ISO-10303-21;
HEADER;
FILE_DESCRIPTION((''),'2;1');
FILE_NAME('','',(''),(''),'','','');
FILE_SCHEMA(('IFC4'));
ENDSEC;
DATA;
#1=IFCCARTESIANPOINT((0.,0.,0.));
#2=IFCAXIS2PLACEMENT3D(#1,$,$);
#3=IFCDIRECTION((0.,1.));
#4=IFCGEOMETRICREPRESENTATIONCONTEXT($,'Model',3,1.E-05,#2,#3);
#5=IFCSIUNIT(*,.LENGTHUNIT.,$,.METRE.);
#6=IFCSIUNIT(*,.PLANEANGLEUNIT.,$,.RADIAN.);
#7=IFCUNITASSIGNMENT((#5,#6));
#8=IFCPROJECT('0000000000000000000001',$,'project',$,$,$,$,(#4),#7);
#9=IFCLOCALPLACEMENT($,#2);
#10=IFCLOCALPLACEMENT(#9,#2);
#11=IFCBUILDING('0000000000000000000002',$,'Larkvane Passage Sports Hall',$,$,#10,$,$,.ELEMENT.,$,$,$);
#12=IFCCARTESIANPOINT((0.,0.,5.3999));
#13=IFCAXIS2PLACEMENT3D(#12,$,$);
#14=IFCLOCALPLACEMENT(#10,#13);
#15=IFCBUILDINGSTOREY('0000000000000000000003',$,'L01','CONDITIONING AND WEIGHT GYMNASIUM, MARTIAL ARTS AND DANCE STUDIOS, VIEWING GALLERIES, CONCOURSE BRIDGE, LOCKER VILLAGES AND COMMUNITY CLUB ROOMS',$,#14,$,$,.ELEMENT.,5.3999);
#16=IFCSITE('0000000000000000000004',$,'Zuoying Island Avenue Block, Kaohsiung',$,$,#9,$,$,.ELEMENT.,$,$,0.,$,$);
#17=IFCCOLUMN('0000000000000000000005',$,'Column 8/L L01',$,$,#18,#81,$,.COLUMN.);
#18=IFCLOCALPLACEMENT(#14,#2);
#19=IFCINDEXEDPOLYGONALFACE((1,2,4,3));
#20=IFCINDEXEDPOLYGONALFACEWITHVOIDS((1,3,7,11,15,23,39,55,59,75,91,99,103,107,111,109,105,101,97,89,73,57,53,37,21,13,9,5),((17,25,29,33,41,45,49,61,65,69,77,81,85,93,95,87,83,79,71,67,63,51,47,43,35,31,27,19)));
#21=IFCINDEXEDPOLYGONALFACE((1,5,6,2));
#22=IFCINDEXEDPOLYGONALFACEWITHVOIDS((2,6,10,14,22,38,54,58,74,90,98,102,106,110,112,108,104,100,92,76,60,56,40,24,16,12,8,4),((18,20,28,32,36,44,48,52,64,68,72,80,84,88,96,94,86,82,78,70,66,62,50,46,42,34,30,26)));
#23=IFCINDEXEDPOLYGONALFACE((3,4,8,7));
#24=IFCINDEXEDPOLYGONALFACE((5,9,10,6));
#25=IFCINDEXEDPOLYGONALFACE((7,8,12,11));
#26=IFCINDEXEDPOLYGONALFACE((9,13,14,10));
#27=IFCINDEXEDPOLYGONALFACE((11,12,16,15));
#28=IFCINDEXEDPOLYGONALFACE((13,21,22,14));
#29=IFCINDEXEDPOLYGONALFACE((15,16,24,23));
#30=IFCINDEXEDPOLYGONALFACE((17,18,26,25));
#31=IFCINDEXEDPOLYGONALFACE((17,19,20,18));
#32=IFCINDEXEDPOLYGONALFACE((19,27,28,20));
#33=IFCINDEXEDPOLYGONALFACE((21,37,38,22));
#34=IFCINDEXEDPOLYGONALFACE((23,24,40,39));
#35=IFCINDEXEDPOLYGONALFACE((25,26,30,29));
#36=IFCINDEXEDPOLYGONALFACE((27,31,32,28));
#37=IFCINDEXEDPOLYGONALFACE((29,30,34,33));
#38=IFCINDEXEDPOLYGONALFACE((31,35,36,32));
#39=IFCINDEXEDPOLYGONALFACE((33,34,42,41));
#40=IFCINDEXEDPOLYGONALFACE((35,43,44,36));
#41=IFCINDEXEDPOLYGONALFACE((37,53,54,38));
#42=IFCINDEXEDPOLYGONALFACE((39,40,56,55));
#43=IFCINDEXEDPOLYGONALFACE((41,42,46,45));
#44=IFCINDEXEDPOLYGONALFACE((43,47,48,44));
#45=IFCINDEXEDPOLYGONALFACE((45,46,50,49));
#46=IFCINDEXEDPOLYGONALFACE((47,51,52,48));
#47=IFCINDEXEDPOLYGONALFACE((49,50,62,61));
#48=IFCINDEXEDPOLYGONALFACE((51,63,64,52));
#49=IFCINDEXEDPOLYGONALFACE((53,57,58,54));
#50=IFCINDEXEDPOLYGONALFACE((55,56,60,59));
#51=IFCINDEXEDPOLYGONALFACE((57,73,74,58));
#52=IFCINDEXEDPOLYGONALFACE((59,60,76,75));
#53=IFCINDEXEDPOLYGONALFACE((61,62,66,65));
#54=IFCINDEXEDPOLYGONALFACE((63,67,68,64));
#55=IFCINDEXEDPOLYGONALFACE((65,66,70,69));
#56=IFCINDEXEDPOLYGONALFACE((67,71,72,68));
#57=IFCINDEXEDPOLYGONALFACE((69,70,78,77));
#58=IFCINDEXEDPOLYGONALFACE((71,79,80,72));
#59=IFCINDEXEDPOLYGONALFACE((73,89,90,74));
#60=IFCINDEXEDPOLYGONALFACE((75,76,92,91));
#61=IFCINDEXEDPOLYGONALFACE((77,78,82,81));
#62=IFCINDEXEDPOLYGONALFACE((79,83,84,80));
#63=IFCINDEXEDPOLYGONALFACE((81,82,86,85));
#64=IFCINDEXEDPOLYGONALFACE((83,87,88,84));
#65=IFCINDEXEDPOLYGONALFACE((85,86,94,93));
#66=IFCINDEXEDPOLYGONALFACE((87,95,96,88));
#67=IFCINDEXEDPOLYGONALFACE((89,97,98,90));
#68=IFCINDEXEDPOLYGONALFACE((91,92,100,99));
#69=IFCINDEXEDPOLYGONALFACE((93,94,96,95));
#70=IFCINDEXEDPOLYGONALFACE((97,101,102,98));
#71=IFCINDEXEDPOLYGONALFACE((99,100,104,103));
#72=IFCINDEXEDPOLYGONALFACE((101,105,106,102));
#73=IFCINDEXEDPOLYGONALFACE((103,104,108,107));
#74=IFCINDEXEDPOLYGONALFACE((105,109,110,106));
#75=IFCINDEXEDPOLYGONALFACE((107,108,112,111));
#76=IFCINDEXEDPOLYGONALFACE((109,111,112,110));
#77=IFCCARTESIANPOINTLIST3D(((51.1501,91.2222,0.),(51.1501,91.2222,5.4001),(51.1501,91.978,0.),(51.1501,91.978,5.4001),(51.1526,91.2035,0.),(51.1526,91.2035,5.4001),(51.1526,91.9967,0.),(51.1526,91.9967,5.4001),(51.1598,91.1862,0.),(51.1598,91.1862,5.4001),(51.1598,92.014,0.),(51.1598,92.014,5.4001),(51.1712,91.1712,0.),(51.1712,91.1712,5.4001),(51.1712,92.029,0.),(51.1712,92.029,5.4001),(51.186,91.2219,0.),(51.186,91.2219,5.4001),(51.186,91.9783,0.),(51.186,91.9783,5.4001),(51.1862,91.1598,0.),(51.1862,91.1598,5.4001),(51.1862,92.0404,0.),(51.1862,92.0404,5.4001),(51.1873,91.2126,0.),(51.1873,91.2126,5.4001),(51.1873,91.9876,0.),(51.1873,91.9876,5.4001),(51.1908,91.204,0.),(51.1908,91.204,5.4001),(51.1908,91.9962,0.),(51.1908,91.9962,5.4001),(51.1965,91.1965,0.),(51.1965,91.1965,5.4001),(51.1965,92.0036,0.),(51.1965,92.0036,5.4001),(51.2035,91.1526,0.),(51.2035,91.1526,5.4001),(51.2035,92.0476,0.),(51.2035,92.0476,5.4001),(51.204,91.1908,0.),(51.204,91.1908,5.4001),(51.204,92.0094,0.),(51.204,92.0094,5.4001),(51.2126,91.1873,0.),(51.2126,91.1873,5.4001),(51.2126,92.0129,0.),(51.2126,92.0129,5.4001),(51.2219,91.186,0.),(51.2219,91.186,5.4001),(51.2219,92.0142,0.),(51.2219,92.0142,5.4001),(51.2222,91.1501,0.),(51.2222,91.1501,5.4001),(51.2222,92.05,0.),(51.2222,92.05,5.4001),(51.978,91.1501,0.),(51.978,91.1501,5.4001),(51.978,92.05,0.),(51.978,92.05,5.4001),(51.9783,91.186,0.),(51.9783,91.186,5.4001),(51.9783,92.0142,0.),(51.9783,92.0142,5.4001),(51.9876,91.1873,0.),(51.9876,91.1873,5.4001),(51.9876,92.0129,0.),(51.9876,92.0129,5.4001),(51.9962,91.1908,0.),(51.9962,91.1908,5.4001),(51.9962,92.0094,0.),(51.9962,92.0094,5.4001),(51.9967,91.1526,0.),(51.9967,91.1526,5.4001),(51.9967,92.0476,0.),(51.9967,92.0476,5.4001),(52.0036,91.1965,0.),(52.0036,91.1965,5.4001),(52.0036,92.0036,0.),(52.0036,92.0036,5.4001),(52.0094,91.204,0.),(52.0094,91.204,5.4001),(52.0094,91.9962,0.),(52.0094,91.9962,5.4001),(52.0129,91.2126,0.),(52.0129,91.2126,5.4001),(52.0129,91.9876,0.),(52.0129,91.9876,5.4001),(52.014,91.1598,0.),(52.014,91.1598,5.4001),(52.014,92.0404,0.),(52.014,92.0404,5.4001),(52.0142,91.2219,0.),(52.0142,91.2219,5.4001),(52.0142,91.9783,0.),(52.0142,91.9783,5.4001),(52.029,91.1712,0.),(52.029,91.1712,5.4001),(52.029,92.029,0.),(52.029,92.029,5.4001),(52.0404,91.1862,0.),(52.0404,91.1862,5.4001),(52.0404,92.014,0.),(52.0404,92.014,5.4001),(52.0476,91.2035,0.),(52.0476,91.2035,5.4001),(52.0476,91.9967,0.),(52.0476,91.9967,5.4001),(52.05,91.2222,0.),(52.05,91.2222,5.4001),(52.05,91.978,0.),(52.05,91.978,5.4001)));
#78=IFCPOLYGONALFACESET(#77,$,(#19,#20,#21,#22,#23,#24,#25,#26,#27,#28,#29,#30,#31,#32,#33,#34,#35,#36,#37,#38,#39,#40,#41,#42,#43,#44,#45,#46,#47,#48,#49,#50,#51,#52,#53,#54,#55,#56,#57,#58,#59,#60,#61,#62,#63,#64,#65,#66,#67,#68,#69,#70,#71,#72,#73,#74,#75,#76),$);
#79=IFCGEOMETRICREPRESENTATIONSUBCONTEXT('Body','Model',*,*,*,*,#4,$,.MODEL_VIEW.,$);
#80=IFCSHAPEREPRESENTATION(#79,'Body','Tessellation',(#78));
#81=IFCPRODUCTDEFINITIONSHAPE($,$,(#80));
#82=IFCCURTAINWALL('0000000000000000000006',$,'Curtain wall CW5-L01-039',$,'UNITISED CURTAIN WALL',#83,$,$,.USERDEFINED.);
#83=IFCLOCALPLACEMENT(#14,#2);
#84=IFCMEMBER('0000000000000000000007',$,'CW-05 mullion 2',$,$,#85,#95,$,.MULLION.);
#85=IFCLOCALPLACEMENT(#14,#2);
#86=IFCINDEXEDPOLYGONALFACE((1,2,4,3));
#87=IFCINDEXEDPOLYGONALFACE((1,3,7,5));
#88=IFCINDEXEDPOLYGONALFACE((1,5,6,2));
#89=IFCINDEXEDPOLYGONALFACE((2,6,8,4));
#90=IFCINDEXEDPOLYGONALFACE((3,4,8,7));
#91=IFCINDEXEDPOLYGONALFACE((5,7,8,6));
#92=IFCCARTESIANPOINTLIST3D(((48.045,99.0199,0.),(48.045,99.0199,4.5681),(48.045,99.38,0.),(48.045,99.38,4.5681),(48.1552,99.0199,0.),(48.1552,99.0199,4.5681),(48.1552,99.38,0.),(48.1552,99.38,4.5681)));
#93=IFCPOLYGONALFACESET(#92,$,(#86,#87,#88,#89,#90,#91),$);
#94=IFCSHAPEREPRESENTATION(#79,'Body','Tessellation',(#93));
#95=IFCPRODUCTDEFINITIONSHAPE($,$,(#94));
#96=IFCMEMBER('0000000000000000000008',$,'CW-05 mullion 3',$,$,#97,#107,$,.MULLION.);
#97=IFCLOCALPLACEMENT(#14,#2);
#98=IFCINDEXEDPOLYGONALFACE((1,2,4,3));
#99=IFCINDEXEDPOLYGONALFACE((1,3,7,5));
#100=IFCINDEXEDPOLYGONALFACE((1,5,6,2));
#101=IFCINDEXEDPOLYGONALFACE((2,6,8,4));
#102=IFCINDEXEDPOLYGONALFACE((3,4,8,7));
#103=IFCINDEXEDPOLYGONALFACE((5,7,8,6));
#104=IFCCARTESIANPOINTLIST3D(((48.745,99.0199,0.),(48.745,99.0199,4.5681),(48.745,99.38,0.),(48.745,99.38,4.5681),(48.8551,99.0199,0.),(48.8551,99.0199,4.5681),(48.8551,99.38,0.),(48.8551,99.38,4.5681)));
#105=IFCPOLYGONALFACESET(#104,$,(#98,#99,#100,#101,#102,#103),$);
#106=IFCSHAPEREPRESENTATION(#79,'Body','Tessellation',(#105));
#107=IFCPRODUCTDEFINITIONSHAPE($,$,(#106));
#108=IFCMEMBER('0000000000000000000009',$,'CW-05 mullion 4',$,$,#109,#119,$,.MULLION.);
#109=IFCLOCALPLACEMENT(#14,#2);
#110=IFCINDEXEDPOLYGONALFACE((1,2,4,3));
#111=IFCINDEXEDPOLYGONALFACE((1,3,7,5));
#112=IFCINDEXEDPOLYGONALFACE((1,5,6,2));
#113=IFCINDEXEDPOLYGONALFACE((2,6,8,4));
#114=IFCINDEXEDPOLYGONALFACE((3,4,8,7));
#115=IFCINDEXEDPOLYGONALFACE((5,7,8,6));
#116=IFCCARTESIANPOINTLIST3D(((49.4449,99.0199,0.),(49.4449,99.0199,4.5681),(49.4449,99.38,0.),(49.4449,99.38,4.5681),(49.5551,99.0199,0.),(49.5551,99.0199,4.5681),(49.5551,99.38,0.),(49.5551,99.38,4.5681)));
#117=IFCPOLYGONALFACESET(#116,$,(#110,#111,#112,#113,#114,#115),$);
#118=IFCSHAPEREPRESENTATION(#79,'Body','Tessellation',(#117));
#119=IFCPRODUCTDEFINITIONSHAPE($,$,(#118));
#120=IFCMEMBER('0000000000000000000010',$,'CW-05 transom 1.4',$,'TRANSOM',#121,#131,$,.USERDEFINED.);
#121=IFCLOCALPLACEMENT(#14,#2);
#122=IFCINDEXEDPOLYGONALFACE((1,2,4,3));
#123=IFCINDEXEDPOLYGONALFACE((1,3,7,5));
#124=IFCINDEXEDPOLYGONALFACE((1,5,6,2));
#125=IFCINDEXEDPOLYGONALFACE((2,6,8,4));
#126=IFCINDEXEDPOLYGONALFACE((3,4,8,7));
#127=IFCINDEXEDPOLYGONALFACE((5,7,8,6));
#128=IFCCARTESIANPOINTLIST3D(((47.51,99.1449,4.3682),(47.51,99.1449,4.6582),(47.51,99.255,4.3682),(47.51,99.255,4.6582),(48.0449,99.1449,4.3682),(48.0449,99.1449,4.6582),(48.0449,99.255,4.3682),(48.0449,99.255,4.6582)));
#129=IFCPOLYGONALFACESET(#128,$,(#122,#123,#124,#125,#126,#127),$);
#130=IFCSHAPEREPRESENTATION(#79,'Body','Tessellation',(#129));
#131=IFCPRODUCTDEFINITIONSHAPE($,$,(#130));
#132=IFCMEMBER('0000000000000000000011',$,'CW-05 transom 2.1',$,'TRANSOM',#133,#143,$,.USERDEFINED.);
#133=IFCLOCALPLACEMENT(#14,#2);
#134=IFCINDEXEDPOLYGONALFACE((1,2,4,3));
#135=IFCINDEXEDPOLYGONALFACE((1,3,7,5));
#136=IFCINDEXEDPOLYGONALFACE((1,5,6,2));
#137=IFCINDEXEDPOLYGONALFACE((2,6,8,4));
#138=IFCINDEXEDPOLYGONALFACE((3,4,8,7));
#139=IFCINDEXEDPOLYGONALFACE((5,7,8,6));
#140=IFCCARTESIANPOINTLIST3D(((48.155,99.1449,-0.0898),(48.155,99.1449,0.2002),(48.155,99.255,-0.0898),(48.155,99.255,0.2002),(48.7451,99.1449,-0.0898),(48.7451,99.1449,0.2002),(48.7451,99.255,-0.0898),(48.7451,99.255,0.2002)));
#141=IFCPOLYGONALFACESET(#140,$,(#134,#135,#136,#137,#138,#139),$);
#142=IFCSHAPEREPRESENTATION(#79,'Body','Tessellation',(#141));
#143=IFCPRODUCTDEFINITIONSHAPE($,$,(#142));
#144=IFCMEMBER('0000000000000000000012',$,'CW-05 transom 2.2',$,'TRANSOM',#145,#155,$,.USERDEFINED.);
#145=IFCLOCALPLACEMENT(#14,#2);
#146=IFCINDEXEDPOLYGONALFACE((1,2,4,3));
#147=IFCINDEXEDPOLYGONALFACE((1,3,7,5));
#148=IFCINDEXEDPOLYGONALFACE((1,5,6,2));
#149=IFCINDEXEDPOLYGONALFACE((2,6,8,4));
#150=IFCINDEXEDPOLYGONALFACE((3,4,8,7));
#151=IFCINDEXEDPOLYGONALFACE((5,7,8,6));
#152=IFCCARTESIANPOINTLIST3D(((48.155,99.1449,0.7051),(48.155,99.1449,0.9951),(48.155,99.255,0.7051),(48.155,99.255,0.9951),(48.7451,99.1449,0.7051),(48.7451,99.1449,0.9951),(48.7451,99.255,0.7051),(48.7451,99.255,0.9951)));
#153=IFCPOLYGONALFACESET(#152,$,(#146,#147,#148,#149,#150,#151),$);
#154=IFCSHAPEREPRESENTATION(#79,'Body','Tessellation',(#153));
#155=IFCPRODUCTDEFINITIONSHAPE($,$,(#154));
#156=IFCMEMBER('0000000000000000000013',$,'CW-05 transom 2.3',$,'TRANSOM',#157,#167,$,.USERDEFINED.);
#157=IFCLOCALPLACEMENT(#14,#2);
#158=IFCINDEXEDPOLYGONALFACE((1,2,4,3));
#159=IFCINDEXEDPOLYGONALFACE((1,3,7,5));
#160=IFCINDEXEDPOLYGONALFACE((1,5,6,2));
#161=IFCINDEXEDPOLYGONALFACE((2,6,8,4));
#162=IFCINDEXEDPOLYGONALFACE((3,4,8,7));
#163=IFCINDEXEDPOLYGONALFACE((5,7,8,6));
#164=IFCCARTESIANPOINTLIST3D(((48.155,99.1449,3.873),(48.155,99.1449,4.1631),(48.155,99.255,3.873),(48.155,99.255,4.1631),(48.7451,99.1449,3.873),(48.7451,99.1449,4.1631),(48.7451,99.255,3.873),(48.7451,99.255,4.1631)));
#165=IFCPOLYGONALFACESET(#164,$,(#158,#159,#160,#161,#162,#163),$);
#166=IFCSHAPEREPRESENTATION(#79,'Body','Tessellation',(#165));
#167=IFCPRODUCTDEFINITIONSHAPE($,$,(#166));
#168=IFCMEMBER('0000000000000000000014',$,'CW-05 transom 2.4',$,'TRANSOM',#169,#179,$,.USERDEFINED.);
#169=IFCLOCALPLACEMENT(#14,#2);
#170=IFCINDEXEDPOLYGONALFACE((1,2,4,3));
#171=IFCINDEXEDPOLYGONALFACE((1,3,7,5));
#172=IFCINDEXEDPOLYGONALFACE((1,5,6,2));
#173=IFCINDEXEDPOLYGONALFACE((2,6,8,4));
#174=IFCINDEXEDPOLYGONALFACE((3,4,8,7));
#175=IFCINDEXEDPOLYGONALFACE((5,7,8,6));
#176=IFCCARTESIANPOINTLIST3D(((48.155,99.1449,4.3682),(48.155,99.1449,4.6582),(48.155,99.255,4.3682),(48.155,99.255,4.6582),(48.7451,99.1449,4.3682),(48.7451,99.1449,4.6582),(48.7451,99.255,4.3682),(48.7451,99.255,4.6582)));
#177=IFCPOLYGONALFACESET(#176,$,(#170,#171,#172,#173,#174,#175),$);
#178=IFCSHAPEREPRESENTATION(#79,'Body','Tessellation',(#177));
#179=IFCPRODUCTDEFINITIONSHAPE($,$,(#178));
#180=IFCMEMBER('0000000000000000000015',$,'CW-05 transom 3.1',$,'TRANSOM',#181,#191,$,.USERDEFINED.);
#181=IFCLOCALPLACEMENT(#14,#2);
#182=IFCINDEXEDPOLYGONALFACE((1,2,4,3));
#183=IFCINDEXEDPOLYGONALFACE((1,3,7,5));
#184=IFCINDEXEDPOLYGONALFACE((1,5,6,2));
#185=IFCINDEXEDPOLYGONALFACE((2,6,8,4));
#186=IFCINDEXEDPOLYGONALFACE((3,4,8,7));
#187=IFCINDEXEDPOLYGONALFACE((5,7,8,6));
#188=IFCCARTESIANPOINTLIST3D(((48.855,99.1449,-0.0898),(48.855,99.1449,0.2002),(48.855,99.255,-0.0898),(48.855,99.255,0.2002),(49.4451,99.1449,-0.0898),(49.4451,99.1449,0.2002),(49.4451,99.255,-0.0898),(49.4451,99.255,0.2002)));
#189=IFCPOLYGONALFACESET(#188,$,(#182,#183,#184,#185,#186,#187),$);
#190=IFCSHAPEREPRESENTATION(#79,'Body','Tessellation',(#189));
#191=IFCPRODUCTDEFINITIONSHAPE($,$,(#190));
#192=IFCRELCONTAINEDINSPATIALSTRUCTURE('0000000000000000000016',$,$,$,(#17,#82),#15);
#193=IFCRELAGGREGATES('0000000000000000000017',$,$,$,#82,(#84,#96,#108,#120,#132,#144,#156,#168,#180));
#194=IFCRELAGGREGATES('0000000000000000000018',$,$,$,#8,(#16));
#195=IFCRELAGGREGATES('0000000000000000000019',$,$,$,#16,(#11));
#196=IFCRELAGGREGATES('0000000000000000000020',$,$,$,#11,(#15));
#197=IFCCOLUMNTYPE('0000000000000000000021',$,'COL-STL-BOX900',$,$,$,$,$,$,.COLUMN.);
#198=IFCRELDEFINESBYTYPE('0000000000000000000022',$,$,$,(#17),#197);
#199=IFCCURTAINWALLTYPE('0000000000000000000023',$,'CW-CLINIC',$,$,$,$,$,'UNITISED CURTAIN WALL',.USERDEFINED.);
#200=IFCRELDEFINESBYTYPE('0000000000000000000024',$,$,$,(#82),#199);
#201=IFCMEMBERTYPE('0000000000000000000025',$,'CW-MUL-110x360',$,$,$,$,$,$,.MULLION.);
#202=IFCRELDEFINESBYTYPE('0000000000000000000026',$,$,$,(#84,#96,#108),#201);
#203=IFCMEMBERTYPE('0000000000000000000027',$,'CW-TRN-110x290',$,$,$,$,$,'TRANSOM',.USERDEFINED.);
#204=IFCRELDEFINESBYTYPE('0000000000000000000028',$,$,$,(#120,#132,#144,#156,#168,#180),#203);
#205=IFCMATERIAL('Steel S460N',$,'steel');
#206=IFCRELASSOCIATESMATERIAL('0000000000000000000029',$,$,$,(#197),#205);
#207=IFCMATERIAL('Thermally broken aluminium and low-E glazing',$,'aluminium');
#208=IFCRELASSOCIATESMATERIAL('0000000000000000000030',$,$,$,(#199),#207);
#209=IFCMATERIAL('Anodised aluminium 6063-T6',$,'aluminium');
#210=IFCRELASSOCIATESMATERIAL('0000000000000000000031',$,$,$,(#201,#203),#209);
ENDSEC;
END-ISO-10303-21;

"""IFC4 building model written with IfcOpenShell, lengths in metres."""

from ifc_helpers import new_model, si_unit, direction, frame, origin, origin_2d, place, context, subcontext, project, spatial, rectangle, hollow_rectangle, extrude, material, material_profile, profile_set, type_object, element, aggregate, save


model = new_model("IFC4")

# Units and contexts
model_context = context("Model", 3, precision=1e-05, world=origin(), true_north=direction((0.0, 1.0)))
body_context = subcontext(model_context, "Body", "Model", "MODEL_VIEW")
ifc_project = project(units=[si_unit("LENGTHUNIT", "METRE"), si_unit("PLANEANGLEUNIT", "RADIAN")], contexts=[model_context])

# Site, building, storey
site_placement = place(None, origin())
site = spatial("IfcSite", under=ifc_project, at=site_placement, Name="Zuoying Island Avenue Block, Kaohsiung", CompositionType="ELEMENT", RefElevation=0.0)
building_placement = place(site_placement, origin())
building = spatial("IfcBuilding", under=site, at=building_placement, Name="Larkvane Passage Sports Hall", CompositionType="ELEMENT")
storey_placement = place(building_placement, frame((0.0, 0.0, 5.3999)))
storey = spatial("IfcBuildingStorey", under=building, at=storey_placement, Name="L01", Description="CONDITIONING AND WEIGHT GYMNASIUM, MARTIAL ARTS AND DANCE STUDIOS, VIEWING GALLERIES, CONCOURSE BRIDGE, LOCKER VILLAGES AND COMMUNITY CLUB ROOMS", CompositionType="ELEMENT", Elevation=5.3999)

# Column
ifc_material_1 = material(Name="Steel S460N", Category="steel")
ifc_material_profile_1 = material_profile(ifc_material_1, hollow_rectangle(XDim=0.8999, YDim=0.8999, WallThickness=0.0359, InnerFilletRadius=0.0359, OuterFilletRadius=0.072, at=origin_2d()), Name="BOX-900x900x36")
ifc_profile_set_1 = profile_set([ifc_material_profile_1], Name="Steel S460N")
column_type = type_object("IfcColumnType", Name="COL-STL-BOX900", PredefinedType="COLUMN", material=ifc_profile_set_1)
column_placement = place(storey_placement, frame((51.6001, 91.6001, 0.0), z_axis=(0.0, 0.0, 1.0), x_axis=(1.0, 0.0, 0.0)))
element("IfcColumn", 1, at=column_placement, inside=storey, type_object=column_type, Name="Column 8/L L01", PredefinedType="COLUMN", context=body_context, shape_type="SweptSolid", body=[
    extrude(hollow_rectangle(XDim=0.8999, YDim=0.8999, WallThickness=0.0359, InnerFilletRadius=0.0359, OuterFilletRadius=0.072, at=origin_2d()), origin(), (0.0, 0.0, 1.0), 5.4001),
])

# Curtain wall, members
ifc_material_2 = material(Name="Thermally broken aluminium and low-E glazing", Category="aluminium")
curtain_wall_type = type_object("IfcCurtainWallType", Name="CW-CLINIC", ElementType="UNITISED CURTAIN WALL", PredefinedType="USERDEFINED", material=ifc_material_2)
curtain_wall_placement = place(storey_placement, origin())
curtain_wall = element("IfcCurtainWall", 2, at=curtain_wall_placement, inside=storey, type_object=curtain_wall_type, Name="Curtain wall CW5-L01-039", ObjectType="UNITISED CURTAIN WALL", PredefinedType="USERDEFINED")
ifc_material_3 = material(Name="Anodised aluminium 6063-T6", Category="aluminium")
ifc_material_profile_2 = material_profile(ifc_material_3, rectangle(XDim=0.1101, YDim=0.3601, at=origin_2d()), Name="ALU-MUL-110x360")
ifc_profile_set_2 = profile_set([ifc_material_profile_2], Name="Anodised aluminium 6063-T6")
member_type_1 = type_object("IfcMemberType", Name="CW-MUL-110x360", PredefinedType="MULLION", material=ifc_profile_set_2)
member_1_placement = place(storey_placement, frame((48.1001, 99.2, 0.0), z_axis=(0.0, 0.0, 1.0), x_axis=(1.0, 0.0, 0.0)))
member_1 = element("IfcMember", 3, at=member_1_placement, type_object=member_type_1, Name="CW-05 mullion 2", PredefinedType="MULLION", context=body_context, shape_type="SweptSolid", body=[
    extrude(rectangle(XDim=0.1101, YDim=0.3601, at=origin_2d()), origin(), (0.0, 0.0, 1.0), 4.5681),
])
member_2_placement = place(storey_placement, frame((48.8, 99.2, 0.0), z_axis=(0.0, 0.0, 1.0), x_axis=(1.0, 0.0, 0.0)))
member_2 = element("IfcMember", 4, at=member_2_placement, type_object=member_type_1, Name="CW-05 mullion 3", PredefinedType="MULLION", context=body_context, shape_type="SweptSolid", body=[
    extrude(rectangle(XDim=0.1101, YDim=0.3601, at=origin_2d()), origin(), (0.0, 0.0, 1.0), 4.5681),
])
member_3_placement = place(storey_placement, frame((49.5, 99.2, 0.0), z_axis=(0.0, 0.0, 1.0), x_axis=(1.0, 0.0, 0.0)))
member_3 = element("IfcMember", 5, at=member_3_placement, type_object=member_type_1, Name="CW-05 mullion 4", PredefinedType="MULLION", context=body_context, shape_type="SweptSolid", body=[
    extrude(rectangle(XDim=0.1101, YDim=0.3601, at=origin_2d()), origin(), (0.0, 0.0, 1.0), 4.5681),
])
ifc_material_profile_3 = material_profile(ifc_material_3, rectangle(XDim=0.1101, YDim=0.29, at=origin_2d()), Name="ALU-TRN-110x290")
ifc_profile_set_3 = profile_set([ifc_material_profile_3], Name="Anodised aluminium 6063-T6")
member_type_2 = type_object("IfcMemberType", Name="CW-TRN-110x290", ElementType="TRANSOM", PredefinedType="USERDEFINED", material=ifc_profile_set_3)
member_4_placement = place(storey_placement, frame((47.51, 99.2, 4.5132), z_axis=(1.0, 0.0, 0.0), x_axis=(0.0, 1.0, 0.0)))
member_4 = element("IfcMember", 6, at=member_4_placement, type_object=member_type_2, Name="CW-05 transom 1.4", ObjectType="TRANSOM", PredefinedType="USERDEFINED", context=body_context, shape_type="SweptSolid", body=[
    extrude(rectangle(XDim=0.1101, YDim=0.29, at=origin_2d()), origin(), (0.0, 0.0, 1.0), 0.5349),
])
member_5_placement = place(storey_placement, frame((48.155, 99.2, 0.0552), z_axis=(1.0, 0.0, 0.0), x_axis=(0.0, 1.0, 0.0)))
member_5 = element("IfcMember", 7, at=member_5_placement, type_object=member_type_2, Name="CW-05 transom 2.1", ObjectType="TRANSOM", PredefinedType="USERDEFINED", context=body_context, shape_type="SweptSolid", body=[
    extrude(rectangle(XDim=0.1101, YDim=0.29, at=origin_2d()), origin(), (0.0, 0.0, 1.0), 0.5901),
])
member_6_placement = place(storey_placement, frame((48.155, 99.2, 0.8501), z_axis=(1.0, 0.0, 0.0), x_axis=(0.0, 1.0, 0.0)))
member_6 = element("IfcMember", 8, at=member_6_placement, type_object=member_type_2, Name="CW-05 transom 2.2", ObjectType="TRANSOM", PredefinedType="USERDEFINED", context=body_context, shape_type="SweptSolid", body=[
    extrude(rectangle(XDim=0.1101, YDim=0.29, at=origin_2d()), origin(), (0.0, 0.0, 1.0), 0.5901),
])
member_7_placement = place(storey_placement, frame((48.155, 99.2, 4.0181), z_axis=(1.0, 0.0, 0.0), x_axis=(0.0, 1.0, 0.0)))
member_7 = element("IfcMember", 9, at=member_7_placement, type_object=member_type_2, Name="CW-05 transom 2.3", ObjectType="TRANSOM", PredefinedType="USERDEFINED", context=body_context, shape_type="SweptSolid", body=[
    extrude(rectangle(XDim=0.1101, YDim=0.29, at=origin_2d()), origin(), (0.0, 0.0, 1.0), 0.5901),
])
member_8_placement = place(storey_placement, frame((48.155, 99.2, 4.5132), z_axis=(1.0, 0.0, 0.0), x_axis=(0.0, 1.0, 0.0)))
member_8 = element("IfcMember", 10, at=member_8_placement, type_object=member_type_2, Name="CW-05 transom 2.4", ObjectType="TRANSOM", PredefinedType="USERDEFINED", context=body_context, shape_type="SweptSolid", body=[
    extrude(rectangle(XDim=0.1101, YDim=0.29, at=origin_2d()), origin(), (0.0, 0.0, 1.0), 0.5901),
])
member_9_placement = place(storey_placement, frame((48.855, 99.2, 0.0552), z_axis=(1.0, 0.0, 0.0), x_axis=(0.0, 1.0, 0.0)))
member_9 = element("IfcMember", 11, at=member_9_placement, type_object=member_type_2, Name="CW-05 transom 3.1", ObjectType="TRANSOM", PredefinedType="USERDEFINED", context=body_context, shape_type="SweptSolid", body=[
    extrude(rectangle(XDim=0.1101, YDim=0.29, at=origin_2d()), origin(), (0.0, 0.0, 1.0), 0.5901),
])

aggregate(curtain_wall, [member_1, member_2, member_3, member_4, member_5, member_6, member_7, member_8, member_9])

save(model, "model.ifc")
